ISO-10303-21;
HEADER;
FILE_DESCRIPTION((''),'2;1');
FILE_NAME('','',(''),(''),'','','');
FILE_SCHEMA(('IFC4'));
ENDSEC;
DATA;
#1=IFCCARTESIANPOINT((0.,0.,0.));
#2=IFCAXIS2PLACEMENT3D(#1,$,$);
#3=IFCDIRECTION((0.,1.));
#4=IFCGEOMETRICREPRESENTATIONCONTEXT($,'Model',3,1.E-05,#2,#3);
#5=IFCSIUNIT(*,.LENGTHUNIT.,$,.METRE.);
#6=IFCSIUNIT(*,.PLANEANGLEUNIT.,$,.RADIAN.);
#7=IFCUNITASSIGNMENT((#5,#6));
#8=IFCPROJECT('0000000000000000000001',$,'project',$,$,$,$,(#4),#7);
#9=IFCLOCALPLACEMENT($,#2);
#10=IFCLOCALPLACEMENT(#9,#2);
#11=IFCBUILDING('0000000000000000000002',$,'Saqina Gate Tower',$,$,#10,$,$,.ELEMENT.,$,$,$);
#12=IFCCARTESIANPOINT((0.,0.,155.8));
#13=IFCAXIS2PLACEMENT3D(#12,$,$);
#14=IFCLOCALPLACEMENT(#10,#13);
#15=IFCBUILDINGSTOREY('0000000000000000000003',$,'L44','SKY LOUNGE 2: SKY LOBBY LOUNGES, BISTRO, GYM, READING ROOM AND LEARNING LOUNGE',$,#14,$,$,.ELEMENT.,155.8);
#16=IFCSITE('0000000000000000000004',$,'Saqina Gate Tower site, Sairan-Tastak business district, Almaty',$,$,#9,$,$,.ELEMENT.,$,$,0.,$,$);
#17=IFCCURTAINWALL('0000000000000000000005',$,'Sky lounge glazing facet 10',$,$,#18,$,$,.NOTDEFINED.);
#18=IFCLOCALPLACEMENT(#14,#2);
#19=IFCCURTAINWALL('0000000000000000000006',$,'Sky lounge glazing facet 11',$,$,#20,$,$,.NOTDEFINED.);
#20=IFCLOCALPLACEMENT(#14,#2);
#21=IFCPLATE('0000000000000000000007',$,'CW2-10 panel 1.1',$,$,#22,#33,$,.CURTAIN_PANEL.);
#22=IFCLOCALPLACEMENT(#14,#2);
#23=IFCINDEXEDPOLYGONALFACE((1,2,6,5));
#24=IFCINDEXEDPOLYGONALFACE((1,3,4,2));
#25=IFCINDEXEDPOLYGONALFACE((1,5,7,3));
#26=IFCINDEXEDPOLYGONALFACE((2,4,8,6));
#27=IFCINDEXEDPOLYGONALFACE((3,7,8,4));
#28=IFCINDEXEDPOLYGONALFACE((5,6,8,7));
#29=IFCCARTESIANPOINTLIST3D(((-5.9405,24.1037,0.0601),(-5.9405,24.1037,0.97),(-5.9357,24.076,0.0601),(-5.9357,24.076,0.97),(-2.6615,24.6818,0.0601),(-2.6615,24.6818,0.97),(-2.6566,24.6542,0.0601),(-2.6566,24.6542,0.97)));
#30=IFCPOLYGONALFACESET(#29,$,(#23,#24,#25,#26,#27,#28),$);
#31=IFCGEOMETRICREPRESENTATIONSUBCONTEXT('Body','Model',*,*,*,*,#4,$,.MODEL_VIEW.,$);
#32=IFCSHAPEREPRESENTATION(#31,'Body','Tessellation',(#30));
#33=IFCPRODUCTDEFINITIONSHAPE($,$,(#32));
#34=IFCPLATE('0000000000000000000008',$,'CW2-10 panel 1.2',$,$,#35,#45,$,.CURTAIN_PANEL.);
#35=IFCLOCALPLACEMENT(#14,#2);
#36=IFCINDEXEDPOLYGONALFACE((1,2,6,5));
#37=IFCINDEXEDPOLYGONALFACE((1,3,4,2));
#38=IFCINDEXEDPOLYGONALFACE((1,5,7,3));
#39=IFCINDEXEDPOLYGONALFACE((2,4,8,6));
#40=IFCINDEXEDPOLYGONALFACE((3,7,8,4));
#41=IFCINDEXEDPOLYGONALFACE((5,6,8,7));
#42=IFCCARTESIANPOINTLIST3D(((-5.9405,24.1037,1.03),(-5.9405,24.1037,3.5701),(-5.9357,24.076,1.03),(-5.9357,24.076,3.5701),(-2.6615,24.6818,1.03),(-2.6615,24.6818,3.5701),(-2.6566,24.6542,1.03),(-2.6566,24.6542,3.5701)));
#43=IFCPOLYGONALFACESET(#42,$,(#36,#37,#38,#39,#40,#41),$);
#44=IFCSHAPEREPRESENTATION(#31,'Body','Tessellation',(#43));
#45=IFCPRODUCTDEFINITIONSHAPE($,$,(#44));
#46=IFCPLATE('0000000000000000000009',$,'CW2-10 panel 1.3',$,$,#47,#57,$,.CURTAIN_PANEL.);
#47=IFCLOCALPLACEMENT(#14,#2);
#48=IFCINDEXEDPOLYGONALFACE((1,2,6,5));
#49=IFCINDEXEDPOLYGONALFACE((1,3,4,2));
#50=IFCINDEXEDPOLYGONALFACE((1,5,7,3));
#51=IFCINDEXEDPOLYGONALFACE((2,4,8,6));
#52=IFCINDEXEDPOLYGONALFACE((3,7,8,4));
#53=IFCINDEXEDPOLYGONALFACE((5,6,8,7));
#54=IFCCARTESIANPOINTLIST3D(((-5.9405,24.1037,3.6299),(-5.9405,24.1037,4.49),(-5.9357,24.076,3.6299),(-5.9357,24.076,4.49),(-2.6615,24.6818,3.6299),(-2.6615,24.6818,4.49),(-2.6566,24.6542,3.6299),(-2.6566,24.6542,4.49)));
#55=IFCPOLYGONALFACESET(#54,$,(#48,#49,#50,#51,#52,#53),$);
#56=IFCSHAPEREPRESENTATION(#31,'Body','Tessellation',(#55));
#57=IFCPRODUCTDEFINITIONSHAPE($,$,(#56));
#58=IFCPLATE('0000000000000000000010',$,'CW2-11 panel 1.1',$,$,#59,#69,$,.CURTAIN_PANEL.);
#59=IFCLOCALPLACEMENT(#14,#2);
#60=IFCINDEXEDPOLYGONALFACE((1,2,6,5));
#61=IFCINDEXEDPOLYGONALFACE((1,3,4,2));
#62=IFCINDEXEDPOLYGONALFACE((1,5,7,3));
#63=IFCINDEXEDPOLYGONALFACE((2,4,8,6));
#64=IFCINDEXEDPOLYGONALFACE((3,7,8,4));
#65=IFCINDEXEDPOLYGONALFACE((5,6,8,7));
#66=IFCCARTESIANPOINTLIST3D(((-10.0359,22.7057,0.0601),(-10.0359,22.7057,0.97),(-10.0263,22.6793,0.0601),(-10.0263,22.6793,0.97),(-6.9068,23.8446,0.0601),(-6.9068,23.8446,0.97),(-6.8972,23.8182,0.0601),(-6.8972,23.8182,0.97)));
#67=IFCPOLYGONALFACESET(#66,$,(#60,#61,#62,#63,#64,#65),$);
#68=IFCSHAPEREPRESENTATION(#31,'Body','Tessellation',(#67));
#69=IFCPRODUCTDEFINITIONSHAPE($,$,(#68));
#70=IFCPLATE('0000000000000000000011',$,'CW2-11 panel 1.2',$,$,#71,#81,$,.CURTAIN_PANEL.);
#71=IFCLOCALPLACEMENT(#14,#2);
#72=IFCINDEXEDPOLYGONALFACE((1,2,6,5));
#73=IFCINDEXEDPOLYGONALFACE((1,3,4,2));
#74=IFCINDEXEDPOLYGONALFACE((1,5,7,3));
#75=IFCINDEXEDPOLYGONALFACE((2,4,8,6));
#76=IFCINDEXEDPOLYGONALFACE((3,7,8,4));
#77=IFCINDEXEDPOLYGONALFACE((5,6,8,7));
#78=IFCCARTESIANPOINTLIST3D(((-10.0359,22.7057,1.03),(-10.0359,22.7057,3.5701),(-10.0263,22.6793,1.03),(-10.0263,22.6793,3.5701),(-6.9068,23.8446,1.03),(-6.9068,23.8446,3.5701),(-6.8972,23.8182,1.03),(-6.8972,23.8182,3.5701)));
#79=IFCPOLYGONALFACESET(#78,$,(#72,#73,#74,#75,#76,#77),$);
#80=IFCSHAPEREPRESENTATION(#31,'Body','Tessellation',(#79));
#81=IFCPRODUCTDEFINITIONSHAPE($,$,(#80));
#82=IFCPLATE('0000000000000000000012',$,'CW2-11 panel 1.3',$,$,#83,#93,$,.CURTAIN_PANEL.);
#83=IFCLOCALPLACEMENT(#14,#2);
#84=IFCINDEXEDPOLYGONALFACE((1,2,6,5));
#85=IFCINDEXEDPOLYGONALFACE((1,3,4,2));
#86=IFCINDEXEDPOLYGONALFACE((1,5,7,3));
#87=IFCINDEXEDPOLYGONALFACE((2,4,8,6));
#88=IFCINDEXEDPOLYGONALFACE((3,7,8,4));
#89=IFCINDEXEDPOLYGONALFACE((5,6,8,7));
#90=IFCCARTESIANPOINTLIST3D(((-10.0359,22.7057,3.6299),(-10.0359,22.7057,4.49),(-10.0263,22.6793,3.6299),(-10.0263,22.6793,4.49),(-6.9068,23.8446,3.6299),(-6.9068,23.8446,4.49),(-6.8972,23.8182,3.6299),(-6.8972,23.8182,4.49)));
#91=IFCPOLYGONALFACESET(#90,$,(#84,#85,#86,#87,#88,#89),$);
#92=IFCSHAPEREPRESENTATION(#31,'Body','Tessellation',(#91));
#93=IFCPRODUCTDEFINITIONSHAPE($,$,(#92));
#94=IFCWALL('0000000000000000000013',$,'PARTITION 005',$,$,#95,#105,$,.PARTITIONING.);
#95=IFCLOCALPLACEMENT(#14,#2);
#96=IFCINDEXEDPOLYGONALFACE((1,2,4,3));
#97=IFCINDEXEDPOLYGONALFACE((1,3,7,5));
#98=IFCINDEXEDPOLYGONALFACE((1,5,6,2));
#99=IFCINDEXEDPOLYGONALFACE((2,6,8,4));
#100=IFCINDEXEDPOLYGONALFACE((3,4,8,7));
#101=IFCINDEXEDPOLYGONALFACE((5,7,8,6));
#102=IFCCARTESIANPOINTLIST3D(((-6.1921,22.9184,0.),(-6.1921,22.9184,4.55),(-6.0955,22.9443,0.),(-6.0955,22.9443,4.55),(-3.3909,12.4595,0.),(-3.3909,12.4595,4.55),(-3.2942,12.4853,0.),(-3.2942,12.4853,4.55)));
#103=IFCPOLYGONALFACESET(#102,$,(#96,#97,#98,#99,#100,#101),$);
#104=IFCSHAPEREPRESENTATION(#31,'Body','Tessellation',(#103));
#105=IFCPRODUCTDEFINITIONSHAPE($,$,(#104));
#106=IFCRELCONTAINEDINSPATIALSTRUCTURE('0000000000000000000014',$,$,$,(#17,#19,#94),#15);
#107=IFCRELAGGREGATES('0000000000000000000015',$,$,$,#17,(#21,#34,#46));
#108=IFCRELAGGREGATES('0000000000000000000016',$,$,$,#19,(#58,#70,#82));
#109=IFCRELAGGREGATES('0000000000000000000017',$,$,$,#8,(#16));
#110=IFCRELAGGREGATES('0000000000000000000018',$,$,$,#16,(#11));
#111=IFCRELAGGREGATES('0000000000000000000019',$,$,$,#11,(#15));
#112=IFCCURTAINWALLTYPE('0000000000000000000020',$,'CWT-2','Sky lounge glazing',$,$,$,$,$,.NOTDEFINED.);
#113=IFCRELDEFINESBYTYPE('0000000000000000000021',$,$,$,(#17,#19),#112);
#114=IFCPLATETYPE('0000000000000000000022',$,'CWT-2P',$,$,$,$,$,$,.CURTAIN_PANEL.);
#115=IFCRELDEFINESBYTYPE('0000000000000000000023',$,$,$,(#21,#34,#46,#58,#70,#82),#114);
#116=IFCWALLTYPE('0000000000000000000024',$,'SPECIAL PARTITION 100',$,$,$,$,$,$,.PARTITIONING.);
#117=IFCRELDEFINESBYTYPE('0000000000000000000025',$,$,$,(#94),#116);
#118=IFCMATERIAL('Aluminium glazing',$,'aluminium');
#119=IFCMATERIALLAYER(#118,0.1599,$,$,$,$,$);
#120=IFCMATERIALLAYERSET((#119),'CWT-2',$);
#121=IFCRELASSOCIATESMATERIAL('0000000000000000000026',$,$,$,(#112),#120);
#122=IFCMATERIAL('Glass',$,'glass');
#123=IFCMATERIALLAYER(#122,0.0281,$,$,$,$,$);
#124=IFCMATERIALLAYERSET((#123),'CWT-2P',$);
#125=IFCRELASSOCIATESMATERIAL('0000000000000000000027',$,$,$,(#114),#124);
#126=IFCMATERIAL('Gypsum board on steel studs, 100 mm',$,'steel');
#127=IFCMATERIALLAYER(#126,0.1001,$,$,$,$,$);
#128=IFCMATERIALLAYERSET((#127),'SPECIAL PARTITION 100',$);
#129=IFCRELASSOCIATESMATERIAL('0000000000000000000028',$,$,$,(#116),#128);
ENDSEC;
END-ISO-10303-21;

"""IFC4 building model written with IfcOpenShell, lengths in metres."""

from ifc_helpers import new_model, si_unit, direction, frame, frame_2d, origin, origin_2d, place, context, subcontext, project, spatial, rectangle, extrude, material, layer, layer_set, type_object, element, aggregate, save


model = new_model("IFC4")

# Units and contexts
model_context = context("Model", 3, precision=1e-05, world=origin(), true_north=direction((0.0, 1.0)))
body_context = subcontext(model_context, "Body", "Model", "MODEL_VIEW")
ifc_project = project(units=[si_unit("LENGTHUNIT", "METRE"), si_unit("PLANEANGLEUNIT", "RADIAN")], contexts=[model_context])

# Site, building, storey
site_placement = place(None, origin())
site = spatial("IfcSite", under=ifc_project, at=site_placement, Name="Saqina Gate Tower site, Sairan-Tastak business district, Almaty", CompositionType="ELEMENT", RefElevation=0.0)
building_placement = place(site_placement, origin())
building = spatial("IfcBuilding", under=site, at=building_placement, Name="Saqina Gate Tower", CompositionType="ELEMENT")
storey_placement = place(building_placement, frame((0.0, 0.0, 155.8)))
storey = spatial("IfcBuildingStorey", under=building, at=storey_placement, Name="L44", Description="SKY LOUNGE 2: SKY LOBBY LOUNGES, BISTRO, GYM, READING ROOM AND LEARNING LOUNGE", CompositionType="ELEMENT", Elevation=155.8)

# Shared definitions
ifc_material_1 = material(Name="Aluminium glazing", Category="aluminium")
ifc_layer_1 = layer(ifc_material_1, 0.1599)
ifc_layer_set_1 = layer_set([ifc_layer_1], Name="CWT-2")
curtain_wall_type = type_object("IfcCurtainWallType", Name="CWT-2", Description="Sky lounge glazing", PredefinedType="NOTDEFINED", material=ifc_layer_set_1)

# Curtain wall
curtain_wall_1_placement = place(storey_placement, origin())
curtain_wall_1 = element("IfcCurtainWall", 1, at=curtain_wall_1_placement, inside=storey, type_object=curtain_wall_type, Name="Sky lounge glazing facet 10", PredefinedType="NOTDEFINED")

# Curtain wall
curtain_wall_2_placement = place(storey_placement, origin())
curtain_wall_2 = element("IfcCurtainWall", 2, at=curtain_wall_2_placement, inside=storey, type_object=curtain_wall_type, Name="Sky lounge glazing facet 11", PredefinedType="NOTDEFINED")

# Plates
ifc_material_2 = material(Name="Glass", Category="glass")
ifc_layer_2 = layer(ifc_material_2, 0.0281)
ifc_layer_set_2 = layer_set([ifc_layer_2], Name="CWT-2P")
plate_type = type_object("IfcPlateType", Name="CWT-2P", PredefinedType="CURTAIN_PANEL", material=ifc_layer_set_2)
plate_1_placement = place(storey_placement, frame((-4.2986, 24.3789, 0.0601), z_axis=(0.0, 0.0, 1.0), x_axis=(-0.98481, -0.173638, 0.0)))
plate_1 = element("IfcPlate", 3, at=plate_1_placement, type_object=plate_type, Name="CW2-10 panel 1.1", PredefinedType="CURTAIN_PANEL", context=body_context, shape_type="SweptSolid", body=[
    extrude(rectangle(XDim=3.3296, YDim=0.0281, at=origin_2d()), origin(), (0.0, 0.0, 1.0), 0.9099),
])
plate_2_placement = place(storey_placement, frame((-4.2986, 24.3789, 1.03), z_axis=(0.0, 0.0, 1.0), x_axis=(-0.98481, -0.173638, 0.0)))
plate_2 = element("IfcPlate", 4, at=plate_2_placement, type_object=plate_type, Name="CW2-10 panel 1.2", PredefinedType="CURTAIN_PANEL", context=body_context, shape_type="SweptSolid", body=[
    extrude(rectangle(XDim=3.3296, YDim=0.0281, at=origin_2d()), origin(), (0.0, 0.0, 1.0), 2.54),
])
plate_3_placement = place(storey_placement, frame((-4.2986, 24.3789, 3.6299), z_axis=(0.0, 0.0, 1.0), x_axis=(-0.98481, -0.173638, 0.0)))
plate_3 = element("IfcPlate", 5, at=plate_3_placement, type_object=plate_type, Name="CW2-10 panel 1.3", PredefinedType="CURTAIN_PANEL", context=body_context, shape_type="SweptSolid", body=[
    extrude(rectangle(XDim=3.3296, YDim=0.0281, at=origin_2d()), origin(), (0.0, 0.0, 1.0), 0.8601),
])
aggregate(curtain_wall_1, [plate_1, plate_2, plate_3])
plate_4_placement = place(storey_placement, frame((-8.4666, 23.262, 0.0601), z_axis=(0.0, 0.0, 1.0), x_axis=(-0.939691, -0.342025, 0.0)))
plate_4 = element("IfcPlate", 6, at=plate_4_placement, type_object=plate_type, Name="CW2-11 panel 1.1", PredefinedType="CURTAIN_PANEL", context=body_context, shape_type="SweptSolid", body=[
    extrude(rectangle(XDim=3.3298, YDim=0.0281, at=origin_2d()), origin(), (0.0, 0.0, 1.0), 0.9099),
])
plate_5_placement = place(storey_placement, frame((-8.4666, 23.262, 1.03), z_axis=(0.0, 0.0, 1.0), x_axis=(-0.939691, -0.342025, 0.0)))
plate_5 = element("IfcPlate", 7, at=plate_5_placement, type_object=plate_type, Name="CW2-11 panel 1.2", PredefinedType="CURTAIN_PANEL", context=body_context, shape_type="SweptSolid", body=[
    extrude(rectangle(XDim=3.3298, YDim=0.0281, at=origin_2d()), origin(), (0.0, 0.0, 1.0), 2.54),
])
plate_6_placement = place(storey_placement, frame((-8.4666, 23.262, 3.6299), z_axis=(0.0, 0.0, 1.0), x_axis=(-0.939691, -0.342025, 0.0)))
plate_6 = element("IfcPlate", 8, at=plate_6_placement, type_object=plate_type, Name="CW2-11 panel 1.3", PredefinedType="CURTAIN_PANEL", context=body_context, shape_type="SweptSolid", body=[
    extrude(rectangle(XDim=3.3298, YDim=0.0281, at=origin_2d()), origin(), (0.0, 0.0, 1.0), 0.8601),
])
aggregate(curtain_wall_2, [plate_4, plate_5, plate_6])

# Wall
ifc_material_3 = material(Name="Gypsum board on steel studs, 100 mm", Category="steel")
ifc_layer_3 = layer(ifc_material_3, 0.1001)
ifc_layer_set_3 = layer_set([ifc_layer_3], Name="SPECIAL PARTITION 100")
wall_type = type_object("IfcWallType", Name="SPECIAL PARTITION 100", PredefinedType="PARTITIONING", material=ifc_layer_set_3)
wall_placement = place(storey_placement, frame((-6.1438, 22.9314, 0.0), z_axis=(0.0, 0.0, 1.0), x_axis=(0.258715, -0.965954, 0.0)))
element("IfcWall", 9, at=wall_placement, inside=storey, type_object=wall_type, Name="PARTITION 005", PredefinedType="PARTITIONING", context=body_context, shape_type="SweptSolid", body=[
    extrude(rectangle(XDim=10.8276, YDim=0.1001, at=frame_2d((5.4138, 0.0))), origin(), (0.0, 0.0, 1.0), 4.55),
])

save(model, "model.ifc")
